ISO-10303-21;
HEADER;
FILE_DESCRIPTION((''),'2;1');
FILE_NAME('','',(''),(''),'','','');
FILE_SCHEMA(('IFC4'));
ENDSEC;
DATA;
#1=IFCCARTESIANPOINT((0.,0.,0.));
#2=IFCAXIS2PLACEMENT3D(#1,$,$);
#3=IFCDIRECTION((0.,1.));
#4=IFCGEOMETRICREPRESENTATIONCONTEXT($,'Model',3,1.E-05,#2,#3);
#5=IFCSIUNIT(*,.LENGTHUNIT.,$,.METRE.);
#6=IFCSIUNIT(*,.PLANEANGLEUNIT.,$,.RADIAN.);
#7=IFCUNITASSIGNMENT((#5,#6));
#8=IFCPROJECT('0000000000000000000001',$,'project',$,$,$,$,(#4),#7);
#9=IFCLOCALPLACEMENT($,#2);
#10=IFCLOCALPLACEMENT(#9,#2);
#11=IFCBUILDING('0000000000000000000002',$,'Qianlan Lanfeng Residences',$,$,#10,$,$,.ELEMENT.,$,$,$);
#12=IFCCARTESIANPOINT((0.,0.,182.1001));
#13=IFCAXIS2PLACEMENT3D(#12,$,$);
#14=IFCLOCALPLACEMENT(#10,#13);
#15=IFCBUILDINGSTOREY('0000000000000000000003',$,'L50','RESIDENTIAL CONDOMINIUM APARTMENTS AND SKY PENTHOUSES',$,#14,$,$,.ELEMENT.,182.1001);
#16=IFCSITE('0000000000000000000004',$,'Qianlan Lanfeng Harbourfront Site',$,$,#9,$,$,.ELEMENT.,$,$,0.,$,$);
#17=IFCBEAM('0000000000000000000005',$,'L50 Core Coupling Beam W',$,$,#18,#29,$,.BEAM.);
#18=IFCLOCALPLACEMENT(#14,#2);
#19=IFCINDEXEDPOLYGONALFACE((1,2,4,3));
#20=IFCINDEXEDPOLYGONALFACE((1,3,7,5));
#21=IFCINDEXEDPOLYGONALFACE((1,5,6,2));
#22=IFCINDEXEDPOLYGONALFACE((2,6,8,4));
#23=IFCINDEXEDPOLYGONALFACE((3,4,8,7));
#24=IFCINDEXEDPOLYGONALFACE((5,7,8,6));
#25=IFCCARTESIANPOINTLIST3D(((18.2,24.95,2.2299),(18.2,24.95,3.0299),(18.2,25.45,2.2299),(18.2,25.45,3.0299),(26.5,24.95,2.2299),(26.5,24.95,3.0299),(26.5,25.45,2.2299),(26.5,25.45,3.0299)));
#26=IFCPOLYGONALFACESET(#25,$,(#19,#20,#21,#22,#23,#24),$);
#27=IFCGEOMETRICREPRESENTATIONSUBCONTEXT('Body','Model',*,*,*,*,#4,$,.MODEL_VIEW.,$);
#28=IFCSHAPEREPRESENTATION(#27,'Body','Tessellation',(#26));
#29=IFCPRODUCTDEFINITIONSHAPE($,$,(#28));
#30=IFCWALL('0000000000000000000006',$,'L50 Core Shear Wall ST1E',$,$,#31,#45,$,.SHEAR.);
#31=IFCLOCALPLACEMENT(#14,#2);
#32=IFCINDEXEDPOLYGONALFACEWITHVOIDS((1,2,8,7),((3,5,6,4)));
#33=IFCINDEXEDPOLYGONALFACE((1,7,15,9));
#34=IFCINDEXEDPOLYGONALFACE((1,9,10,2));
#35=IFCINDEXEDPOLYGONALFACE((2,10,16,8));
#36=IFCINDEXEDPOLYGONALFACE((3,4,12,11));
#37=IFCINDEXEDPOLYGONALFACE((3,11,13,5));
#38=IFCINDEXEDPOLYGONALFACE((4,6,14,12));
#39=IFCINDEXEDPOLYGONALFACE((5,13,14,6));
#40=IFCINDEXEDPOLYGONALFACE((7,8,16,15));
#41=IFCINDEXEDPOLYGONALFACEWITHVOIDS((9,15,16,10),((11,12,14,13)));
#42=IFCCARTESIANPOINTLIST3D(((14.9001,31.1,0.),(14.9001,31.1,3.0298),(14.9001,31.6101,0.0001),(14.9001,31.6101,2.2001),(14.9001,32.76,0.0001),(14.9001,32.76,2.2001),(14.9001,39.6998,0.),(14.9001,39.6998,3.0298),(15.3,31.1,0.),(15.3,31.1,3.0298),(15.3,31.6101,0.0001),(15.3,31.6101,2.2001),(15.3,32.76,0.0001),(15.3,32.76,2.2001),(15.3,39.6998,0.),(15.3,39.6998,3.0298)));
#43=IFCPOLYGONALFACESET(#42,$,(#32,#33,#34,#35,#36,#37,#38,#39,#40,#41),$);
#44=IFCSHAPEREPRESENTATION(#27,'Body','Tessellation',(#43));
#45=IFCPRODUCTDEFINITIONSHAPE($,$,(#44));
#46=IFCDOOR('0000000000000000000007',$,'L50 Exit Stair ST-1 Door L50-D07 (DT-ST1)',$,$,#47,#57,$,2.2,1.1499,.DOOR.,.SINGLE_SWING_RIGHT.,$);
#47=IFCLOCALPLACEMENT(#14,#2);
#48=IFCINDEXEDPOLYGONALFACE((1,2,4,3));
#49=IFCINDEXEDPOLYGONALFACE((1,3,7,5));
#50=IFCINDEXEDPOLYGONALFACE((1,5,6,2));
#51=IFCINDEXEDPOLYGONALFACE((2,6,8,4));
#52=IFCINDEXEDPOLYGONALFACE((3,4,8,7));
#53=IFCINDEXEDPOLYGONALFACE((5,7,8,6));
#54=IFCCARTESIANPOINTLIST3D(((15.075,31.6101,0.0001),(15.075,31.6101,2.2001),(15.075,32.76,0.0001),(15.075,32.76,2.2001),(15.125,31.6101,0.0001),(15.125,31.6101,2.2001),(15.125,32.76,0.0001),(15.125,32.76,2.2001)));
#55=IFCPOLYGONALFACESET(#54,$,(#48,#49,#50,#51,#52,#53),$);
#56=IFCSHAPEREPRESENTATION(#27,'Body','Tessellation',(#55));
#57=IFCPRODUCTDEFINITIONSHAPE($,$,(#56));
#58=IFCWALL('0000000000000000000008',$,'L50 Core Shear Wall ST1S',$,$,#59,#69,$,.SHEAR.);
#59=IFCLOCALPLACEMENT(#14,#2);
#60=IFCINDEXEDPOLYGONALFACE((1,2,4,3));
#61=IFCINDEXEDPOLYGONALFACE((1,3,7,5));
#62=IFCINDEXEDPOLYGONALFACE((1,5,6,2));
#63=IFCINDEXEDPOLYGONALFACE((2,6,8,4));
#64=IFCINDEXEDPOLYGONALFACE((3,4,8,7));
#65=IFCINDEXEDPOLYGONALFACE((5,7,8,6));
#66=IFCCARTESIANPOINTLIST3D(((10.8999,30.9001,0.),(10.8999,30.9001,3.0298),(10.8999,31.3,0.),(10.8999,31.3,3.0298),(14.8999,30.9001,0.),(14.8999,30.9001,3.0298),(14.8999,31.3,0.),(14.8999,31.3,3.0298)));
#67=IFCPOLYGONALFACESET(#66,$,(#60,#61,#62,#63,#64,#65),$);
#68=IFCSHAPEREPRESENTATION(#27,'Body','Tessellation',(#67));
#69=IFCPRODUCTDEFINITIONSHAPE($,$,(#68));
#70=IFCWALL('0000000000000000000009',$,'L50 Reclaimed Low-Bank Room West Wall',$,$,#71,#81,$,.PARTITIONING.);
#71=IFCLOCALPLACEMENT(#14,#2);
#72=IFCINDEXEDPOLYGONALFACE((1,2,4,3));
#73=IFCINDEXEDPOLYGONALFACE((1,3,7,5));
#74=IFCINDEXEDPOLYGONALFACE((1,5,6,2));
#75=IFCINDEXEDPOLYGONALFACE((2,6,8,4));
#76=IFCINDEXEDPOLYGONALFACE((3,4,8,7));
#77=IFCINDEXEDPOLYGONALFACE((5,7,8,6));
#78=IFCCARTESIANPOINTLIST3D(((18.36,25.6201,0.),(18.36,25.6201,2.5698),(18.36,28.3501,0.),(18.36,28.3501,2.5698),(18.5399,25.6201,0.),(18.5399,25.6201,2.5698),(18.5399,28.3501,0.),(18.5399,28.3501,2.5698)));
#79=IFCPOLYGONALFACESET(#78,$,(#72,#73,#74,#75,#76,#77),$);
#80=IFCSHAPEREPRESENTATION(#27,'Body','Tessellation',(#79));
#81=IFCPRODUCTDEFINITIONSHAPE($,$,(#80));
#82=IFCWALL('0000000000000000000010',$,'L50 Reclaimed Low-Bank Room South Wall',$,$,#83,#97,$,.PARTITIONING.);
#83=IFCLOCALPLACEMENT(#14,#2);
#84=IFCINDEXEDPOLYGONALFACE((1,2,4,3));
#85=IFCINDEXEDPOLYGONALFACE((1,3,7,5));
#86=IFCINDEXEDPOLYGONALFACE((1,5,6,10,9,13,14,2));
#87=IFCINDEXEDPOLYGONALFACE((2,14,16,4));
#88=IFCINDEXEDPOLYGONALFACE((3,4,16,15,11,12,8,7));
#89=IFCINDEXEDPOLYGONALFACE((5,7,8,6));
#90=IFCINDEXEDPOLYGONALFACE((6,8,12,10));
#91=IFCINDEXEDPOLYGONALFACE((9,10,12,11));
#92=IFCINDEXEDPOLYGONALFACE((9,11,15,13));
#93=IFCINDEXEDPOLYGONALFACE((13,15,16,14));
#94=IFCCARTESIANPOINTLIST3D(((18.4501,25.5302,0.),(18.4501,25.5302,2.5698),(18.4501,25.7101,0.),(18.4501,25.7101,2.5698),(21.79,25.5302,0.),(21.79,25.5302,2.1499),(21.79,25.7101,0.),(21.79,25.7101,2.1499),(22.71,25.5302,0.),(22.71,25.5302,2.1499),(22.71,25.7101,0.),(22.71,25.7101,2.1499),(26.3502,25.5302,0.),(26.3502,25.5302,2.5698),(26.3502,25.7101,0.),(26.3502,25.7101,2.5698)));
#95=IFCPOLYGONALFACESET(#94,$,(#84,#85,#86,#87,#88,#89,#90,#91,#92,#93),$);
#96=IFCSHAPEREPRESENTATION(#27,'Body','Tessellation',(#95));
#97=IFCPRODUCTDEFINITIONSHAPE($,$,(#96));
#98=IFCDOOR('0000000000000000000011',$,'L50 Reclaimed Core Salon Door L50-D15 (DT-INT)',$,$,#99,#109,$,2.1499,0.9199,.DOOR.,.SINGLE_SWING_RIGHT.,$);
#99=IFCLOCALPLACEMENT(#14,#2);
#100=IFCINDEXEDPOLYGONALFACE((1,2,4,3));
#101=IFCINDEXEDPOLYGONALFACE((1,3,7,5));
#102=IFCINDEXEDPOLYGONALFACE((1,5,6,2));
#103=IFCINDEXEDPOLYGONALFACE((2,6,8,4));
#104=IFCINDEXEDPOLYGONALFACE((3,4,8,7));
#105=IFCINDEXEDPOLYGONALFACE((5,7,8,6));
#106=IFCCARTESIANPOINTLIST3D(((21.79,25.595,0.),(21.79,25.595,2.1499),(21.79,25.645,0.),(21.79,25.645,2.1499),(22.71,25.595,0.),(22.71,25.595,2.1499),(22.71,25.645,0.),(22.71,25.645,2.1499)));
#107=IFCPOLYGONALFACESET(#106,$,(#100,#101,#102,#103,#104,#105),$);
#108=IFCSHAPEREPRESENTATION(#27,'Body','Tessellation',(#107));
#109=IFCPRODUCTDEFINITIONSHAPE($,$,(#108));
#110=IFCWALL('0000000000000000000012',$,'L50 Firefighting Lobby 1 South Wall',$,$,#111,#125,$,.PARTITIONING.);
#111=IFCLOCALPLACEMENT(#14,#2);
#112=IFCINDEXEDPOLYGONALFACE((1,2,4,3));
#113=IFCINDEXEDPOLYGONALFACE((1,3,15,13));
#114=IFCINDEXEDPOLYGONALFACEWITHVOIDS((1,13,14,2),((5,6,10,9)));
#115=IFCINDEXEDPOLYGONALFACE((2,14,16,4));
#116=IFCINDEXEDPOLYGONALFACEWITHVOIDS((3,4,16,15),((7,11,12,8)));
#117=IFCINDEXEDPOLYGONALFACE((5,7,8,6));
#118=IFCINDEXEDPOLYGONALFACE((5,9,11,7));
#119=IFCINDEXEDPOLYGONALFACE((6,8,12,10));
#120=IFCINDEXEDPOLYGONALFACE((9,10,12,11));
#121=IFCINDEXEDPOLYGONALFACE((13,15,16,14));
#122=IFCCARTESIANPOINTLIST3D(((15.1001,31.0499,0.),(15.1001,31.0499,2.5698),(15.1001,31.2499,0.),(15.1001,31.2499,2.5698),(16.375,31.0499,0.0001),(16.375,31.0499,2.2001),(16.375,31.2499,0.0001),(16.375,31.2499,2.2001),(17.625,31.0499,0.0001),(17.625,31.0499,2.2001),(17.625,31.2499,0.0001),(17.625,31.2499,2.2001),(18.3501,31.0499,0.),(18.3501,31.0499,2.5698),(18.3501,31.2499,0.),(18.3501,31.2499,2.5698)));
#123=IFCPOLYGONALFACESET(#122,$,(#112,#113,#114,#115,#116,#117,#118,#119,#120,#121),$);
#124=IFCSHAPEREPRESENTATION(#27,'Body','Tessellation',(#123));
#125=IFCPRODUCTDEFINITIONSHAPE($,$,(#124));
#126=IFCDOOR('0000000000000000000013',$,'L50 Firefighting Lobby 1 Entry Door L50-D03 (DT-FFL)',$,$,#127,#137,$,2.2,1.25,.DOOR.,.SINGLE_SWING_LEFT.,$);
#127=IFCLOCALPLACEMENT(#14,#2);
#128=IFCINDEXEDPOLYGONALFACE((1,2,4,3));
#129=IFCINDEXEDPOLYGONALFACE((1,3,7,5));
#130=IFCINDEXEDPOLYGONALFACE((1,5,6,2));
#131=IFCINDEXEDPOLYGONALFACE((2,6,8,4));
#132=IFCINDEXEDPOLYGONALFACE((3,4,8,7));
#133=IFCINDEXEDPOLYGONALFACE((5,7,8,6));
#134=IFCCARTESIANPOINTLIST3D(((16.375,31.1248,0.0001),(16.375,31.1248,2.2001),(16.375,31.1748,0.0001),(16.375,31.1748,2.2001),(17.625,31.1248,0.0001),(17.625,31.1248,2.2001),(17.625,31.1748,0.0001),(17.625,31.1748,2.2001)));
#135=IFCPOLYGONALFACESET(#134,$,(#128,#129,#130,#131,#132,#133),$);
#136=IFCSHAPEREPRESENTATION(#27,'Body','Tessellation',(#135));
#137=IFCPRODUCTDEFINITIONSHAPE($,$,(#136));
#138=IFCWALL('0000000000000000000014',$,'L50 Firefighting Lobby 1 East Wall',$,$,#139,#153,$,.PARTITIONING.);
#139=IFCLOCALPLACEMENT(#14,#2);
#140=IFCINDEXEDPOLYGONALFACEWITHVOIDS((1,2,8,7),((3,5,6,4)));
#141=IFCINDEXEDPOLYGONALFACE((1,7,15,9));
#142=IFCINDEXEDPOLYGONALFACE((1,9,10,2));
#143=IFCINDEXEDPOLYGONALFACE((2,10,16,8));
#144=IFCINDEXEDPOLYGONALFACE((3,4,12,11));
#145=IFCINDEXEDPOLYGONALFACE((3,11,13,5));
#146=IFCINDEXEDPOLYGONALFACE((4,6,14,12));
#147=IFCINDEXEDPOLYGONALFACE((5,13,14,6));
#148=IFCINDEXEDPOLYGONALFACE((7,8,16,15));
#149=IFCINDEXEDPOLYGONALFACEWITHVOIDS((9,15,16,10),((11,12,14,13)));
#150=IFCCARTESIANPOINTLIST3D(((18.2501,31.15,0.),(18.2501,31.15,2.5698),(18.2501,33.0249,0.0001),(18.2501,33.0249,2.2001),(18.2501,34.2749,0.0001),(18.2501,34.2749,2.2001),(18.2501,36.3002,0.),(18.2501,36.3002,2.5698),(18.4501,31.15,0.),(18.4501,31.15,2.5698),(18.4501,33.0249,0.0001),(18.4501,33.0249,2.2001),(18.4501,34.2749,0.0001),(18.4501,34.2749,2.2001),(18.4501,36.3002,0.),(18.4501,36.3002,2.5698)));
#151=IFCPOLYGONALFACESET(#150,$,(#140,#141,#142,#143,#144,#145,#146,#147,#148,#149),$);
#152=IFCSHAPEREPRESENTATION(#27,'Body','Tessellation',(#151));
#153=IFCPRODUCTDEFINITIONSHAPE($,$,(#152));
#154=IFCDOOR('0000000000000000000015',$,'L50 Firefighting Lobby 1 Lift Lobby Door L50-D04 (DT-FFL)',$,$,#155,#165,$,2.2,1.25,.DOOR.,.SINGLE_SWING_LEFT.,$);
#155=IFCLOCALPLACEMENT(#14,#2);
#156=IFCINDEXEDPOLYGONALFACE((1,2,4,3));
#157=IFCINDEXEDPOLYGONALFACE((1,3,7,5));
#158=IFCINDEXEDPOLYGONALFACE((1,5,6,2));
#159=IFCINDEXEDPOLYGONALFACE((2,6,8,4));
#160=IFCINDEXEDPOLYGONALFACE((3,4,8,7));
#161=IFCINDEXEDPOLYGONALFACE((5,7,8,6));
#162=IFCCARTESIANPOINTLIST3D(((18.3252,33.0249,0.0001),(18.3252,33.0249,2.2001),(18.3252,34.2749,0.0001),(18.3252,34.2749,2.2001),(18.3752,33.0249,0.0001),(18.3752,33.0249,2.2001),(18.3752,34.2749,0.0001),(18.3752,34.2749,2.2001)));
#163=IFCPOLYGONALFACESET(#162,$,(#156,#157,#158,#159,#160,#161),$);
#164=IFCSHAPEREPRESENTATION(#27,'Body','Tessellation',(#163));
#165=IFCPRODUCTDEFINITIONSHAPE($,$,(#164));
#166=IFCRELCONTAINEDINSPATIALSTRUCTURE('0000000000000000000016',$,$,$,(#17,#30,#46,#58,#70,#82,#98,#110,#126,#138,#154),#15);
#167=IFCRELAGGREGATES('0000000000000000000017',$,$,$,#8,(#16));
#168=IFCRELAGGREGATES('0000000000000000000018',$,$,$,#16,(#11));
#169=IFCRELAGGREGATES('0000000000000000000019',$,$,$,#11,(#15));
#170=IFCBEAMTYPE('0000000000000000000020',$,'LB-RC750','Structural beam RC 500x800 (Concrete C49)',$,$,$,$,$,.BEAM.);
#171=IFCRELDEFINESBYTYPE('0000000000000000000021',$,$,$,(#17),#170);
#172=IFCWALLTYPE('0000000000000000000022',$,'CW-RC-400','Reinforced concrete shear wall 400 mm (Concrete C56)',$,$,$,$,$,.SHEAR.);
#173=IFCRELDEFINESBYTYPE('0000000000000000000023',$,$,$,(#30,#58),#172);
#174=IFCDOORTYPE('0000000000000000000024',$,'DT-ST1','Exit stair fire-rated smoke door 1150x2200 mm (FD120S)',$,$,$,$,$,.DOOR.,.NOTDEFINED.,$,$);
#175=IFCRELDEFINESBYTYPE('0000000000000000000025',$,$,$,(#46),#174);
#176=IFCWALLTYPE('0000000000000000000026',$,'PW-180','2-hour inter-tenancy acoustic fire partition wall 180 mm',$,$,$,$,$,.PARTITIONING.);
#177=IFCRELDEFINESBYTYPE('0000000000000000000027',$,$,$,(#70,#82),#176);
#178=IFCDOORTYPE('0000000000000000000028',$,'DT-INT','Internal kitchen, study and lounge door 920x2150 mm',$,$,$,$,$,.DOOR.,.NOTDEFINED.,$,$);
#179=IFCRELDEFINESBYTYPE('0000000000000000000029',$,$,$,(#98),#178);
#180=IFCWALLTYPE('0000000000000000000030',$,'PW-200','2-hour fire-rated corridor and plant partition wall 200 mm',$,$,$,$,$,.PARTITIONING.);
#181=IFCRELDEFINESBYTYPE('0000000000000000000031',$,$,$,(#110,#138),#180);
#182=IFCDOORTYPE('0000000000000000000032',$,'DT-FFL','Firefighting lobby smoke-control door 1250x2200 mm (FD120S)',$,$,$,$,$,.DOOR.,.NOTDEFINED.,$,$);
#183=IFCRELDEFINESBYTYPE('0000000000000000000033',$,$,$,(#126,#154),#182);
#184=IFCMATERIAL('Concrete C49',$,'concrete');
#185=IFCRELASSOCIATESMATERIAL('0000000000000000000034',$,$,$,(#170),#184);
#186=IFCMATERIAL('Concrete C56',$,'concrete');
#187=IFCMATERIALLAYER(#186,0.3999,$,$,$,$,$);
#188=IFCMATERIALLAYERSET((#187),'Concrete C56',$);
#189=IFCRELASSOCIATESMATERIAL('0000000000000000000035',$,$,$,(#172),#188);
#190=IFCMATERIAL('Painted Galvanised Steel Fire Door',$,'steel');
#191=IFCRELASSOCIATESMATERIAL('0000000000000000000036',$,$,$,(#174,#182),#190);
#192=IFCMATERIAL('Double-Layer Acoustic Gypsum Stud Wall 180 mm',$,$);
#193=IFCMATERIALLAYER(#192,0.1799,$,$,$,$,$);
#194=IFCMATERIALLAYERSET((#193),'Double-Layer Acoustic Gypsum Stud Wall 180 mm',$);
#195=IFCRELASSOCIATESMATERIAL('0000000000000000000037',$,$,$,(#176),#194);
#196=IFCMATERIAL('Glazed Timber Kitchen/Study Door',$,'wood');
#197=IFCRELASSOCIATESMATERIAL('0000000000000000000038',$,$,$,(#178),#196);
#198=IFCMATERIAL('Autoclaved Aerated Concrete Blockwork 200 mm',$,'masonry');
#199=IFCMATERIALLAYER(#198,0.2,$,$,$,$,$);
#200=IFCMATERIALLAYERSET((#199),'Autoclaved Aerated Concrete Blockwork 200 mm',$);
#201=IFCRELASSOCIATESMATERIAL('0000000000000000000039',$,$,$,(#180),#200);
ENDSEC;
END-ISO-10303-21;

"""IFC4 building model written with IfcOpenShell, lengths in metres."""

from ifc_helpers import new_model, si_unit, direction, frame, frame_2d, origin, origin_2d, place, context, subcontext, project, spatial, rectangle, extrude, material, layer, layer_set, material_profile, profile_set, type_object, element, fill, save


model = new_model("IFC4")

# Units and contexts
model_context = context("Model", 3, precision=1e-05, world=origin(), true_north=direction((0.0, 1.0)))
body_context = subcontext(model_context, "Body", "Model", "MODEL_VIEW")
ifc_project = project(units=[si_unit("LENGTHUNIT", "METRE"), si_unit("PLANEANGLEUNIT", "RADIAN")], contexts=[model_context])

# Site, building, storey
site_placement = place(None, origin())
site = spatial("IfcSite", under=ifc_project, at=site_placement, Name="Qianlan Lanfeng Harbourfront Site", CompositionType="ELEMENT", RefElevation=0.0)
building_placement = place(site_placement, origin())
building = spatial("IfcBuilding", under=site, at=building_placement, Name="Qianlan Lanfeng Residences", CompositionType="ELEMENT")
storey_placement = place(building_placement, frame((0.0, 0.0, 182.1001)))
storey = spatial("IfcBuildingStorey", under=building, at=storey_placement, Name="L50", Description="RESIDENTIAL CONDOMINIUM APARTMENTS AND SKY PENTHOUSES", CompositionType="ELEMENT", Elevation=182.1001)

# Beam
ifc_material_1 = material(Name="Concrete C49", Category="concrete")
ifc_material_profile = material_profile(ifc_material_1, rectangle(XDim=0.5, YDim=0.8, at=origin_2d()), Name="RC 500x800")
ifc_profile_set = profile_set([ifc_material_profile], Name="Concrete C49")
beam_type = type_object("IfcBeamType", Name="LB-RC750", Description="Structural beam RC 500x800 (Concrete C49)", PredefinedType="BEAM", material=ifc_profile_set)
beam_placement = place(storey_placement, frame((18.2, 25.2, 2.6299), z_axis=(1.0, 0.0, 0.0), x_axis=(0.0, 1.0, 0.0)))
element("IfcBeam", 1, at=beam_placement, inside=storey, type_object=beam_type, Name="L50 Core Coupling Beam W", PredefinedType="BEAM", context=body_context, shape_type="SweptSolid", body=[
    extrude(rectangle(XDim=0.5, YDim=0.8, at=origin_2d()), origin(), (0.0, 0.0, 1.0), 8.3),
])

# Wall, opening, door
ifc_material_2 = material(Name="Concrete C56", Category="concrete")
ifc_layer_1 = layer(ifc_material_2, 0.3999)
ifc_layer_set_1 = layer_set([ifc_layer_1], Name="Concrete C56")
wall_type_1 = type_object("IfcWallType", Name="CW-RC-400", Description="Reinforced concrete shear wall 400 mm (Concrete C56)", PredefinedType="SHEAR", material=ifc_layer_set_1)
wall_1_placement = place(storey_placement, frame((15.1001, 31.1001, 0.0), z_axis=(0.0, 0.0, 1.0), x_axis=(0.0, 1.0, 0.0)))
wall_1 = element("IfcWall", 2, at=wall_1_placement, inside=storey, type_object=wall_type_1, Name="L50 Core Shear Wall ST1E", PredefinedType="SHEAR", context=body_context, shape_type="SweptSolid", body=[
    extrude(rectangle(XDim=8.5999, YDim=0.3999, at=frame_2d((4.2998, 0.0))), origin(), (0.0, 0.0, 1.0), 3.0298),
])
opening_1_placement = place(wall_1_placement, frame((0.51, 0.0, 0.0)))
opening_1 = element("IfcOpeningElement", 3, at=opening_1_placement, cuts=wall_1, PredefinedType="OPENING", context=body_context, shape_type="SweptSolid", body=[
    extrude(rectangle(XDim=1.1499, YDim=2.2, at=frame_2d((0.575, 1.1001))), frame((0.0, 0.21, 0.0), z_axis=(0.0, -1.0, 0.0), x_axis=(1.0, 0.0, 0.0)), (0.0, 0.0, 1.0), 0.4199),
])
ifc_material_3 = material(Name="Painted Galvanised Steel Fire Door", Category="steel")
door_type_1 = type_object("IfcDoorType", Name="DT-ST1", Description="Exit stair fire-rated smoke door 1150x2200 mm (FD120S)", OperationType="NOTDEFINED", PredefinedType="DOOR", material=ifc_material_3)
door_1_placement = place(opening_1_placement, frame((1.1499, 0.0, 0.0), z_axis=(0.0, 0.0, 1.0), x_axis=(-1.0, 0.0, 0.0)))
door_1 = element("IfcDoor", 4, at=door_1_placement, inside=storey, type_object=door_type_1, Name="L50 Exit Stair ST-1 Door L50-D07 (DT-ST1)", OperationType="SINGLE_SWING_RIGHT", OverallHeight=2.2, OverallWidth=1.1499, PredefinedType="DOOR", context=body_context, shape_type="SweptSolid", body=[
    extrude(rectangle(XDim=1.1499, YDim=2.2, at=frame_2d((0.575, 1.1001))), frame((0.0, 0.0249, 0.0), z_axis=(0.0, -1.0, 0.0), x_axis=(1.0, 0.0, 0.0)), (0.0, 0.0, 1.0), 0.05),
])
fill(opening_1, door_1)

# Wall
wall_2_placement = place(storey_placement, frame((10.8999, 31.1001, 0.0), z_axis=(0.0, 0.0, 1.0), x_axis=(1.0, 0.0, 0.0)))
element("IfcWall", 5, at=wall_2_placement, inside=storey, type_object=wall_type_1, Name="L50 Core Shear Wall ST1S", PredefinedType="SHEAR", context=body_context, shape_type="SweptSolid", body=[
    extrude(rectangle(XDim=4.0, YDim=0.3999, at=frame_2d((2.0, 0.0))), origin(), (0.0, 0.0, 1.0), 3.0298),
])

# Shared definitions
ifc_material_4 = material(Name="Double-Layer Acoustic Gypsum Stud Wall 180 mm")
ifc_layer_2 = layer(ifc_material_4, 0.1799)
ifc_layer_set_2 = layer_set([ifc_layer_2], Name="Double-Layer Acoustic Gypsum Stud Wall 180 mm")
wall_type_2 = type_object("IfcWallType", Name="PW-180", Description="2-hour inter-tenancy acoustic fire partition wall 180 mm", PredefinedType="PARTITIONING", material=ifc_layer_set_2)
ifc_material_5 = material(Name="Glazed Timber Kitchen/Study Door", Category="wood")
door_type_2 = type_object("IfcDoorType", Name="DT-INT", Description="Internal kitchen, study and lounge door 920x2150 mm", OperationType="NOTDEFINED", PredefinedType="DOOR", material=ifc_material_5)

# Wall
wall_3_placement = place(storey_placement, frame((18.45, 25.6201, 0.0), z_axis=(0.0, 0.0, 1.0), x_axis=(0.0, 1.0, 0.0)))
element("IfcWall", 6, at=wall_3_placement, inside=storey, type_object=wall_type_2, Name="L50 Reclaimed Low-Bank Room West Wall", PredefinedType="PARTITIONING", context=body_context, shape_type="SweptSolid", body=[
    extrude(rectangle(XDim=2.73, YDim=0.1799, at=frame_2d((1.365, 0.0))), origin(), (0.0, 0.0, 1.0), 2.5698),
])

# Walls, openings, doors
wall_4_placement = place(storey_placement, frame((18.45, 25.6201, 0.0), z_axis=(0.0, 0.0, 1.0), x_axis=(1.0, 0.0, 0.0)))
wall_4 = element("IfcWall", 7, at=wall_4_placement, inside=storey, type_object=wall_type_2, Name="L50 Reclaimed Low-Bank Room South Wall", PredefinedType="PARTITIONING", context=body_context, shape_type="SweptSolid", body=[
    extrude(rectangle(XDim=7.9001, YDim=0.1799, at=frame_2d((3.9502, 0.0))), origin(), (0.0, 0.0, 1.0), 2.5698),
])
opening_2_placement = place(wall_4_placement, frame((3.3401, 0.0, 0.0)))
opening_2 = element("IfcOpeningElement", 8, at=opening_2_placement, cuts=wall_4, PredefinedType="OPENING", context=body_context, shape_type="SweptSolid", body=[
    extrude(rectangle(XDim=0.9199, YDim=2.1499, at=frame_2d((0.46, 1.075))), frame((0.0, 0.1001, 0.0), z_axis=(0.0, -1.0, 0.0), x_axis=(1.0, 0.0, 0.0)), (0.0, 0.0, 1.0), 0.2),
])
door_2_placement = place(opening_2_placement, origin())
door_2 = element("IfcDoor", 9, at=door_2_placement, inside=storey, type_object=door_type_2, Name="L50 Reclaimed Core Salon Door L50-D15 (DT-INT)", OperationType="SINGLE_SWING_RIGHT", OverallHeight=2.1499, OverallWidth=0.9199, PredefinedType="DOOR", context=body_context, shape_type="SweptSolid", body=[
    extrude(rectangle(XDim=0.9199, YDim=2.1499, at=frame_2d((0.46, 1.075))), frame((0.0, 0.0249, 0.0), z_axis=(0.0, -1.0, 0.0), x_axis=(1.0, 0.0, 0.0)), (0.0, 0.0, 1.0), 0.05),
])
fill(opening_2, door_2)
ifc_material_6 = material(Name="Autoclaved Aerated Concrete Blockwork 200 mm", Category="masonry")
ifc_layer_3 = layer(ifc_material_6, 0.2)
ifc_layer_set_3 = layer_set([ifc_layer_3], Name="Autoclaved Aerated Concrete Blockwork 200 mm")
wall_type_3 = type_object("IfcWallType", Name="PW-200", Description="2-hour fire-rated corridor and plant partition wall 200 mm", PredefinedType="PARTITIONING", material=ifc_layer_set_3)
wall_5_placement = place(storey_placement, frame((15.1001, 31.1499, 0.0), z_axis=(0.0, 0.0, 1.0), x_axis=(1.0, 0.0, 0.0)))
wall_5 = element("IfcWall", 10, at=wall_5_placement, inside=storey, type_object=wall_type_3, Name="L50 Firefighting Lobby 1 South Wall", PredefinedType="PARTITIONING", context=body_context, shape_type="SweptSolid", body=[
    extrude(rectangle(XDim=3.25, YDim=0.2, at=frame_2d((1.625, 0.0))), origin(), (0.0, 0.0, 1.0), 2.5698),
])
opening_3_placement = place(wall_5_placement, frame((1.2749, 0.0, 0.0)))
opening_3 = element("IfcOpeningElement", 11, at=opening_3_placement, cuts=wall_5, PredefinedType="OPENING", context=body_context, shape_type="SweptSolid", body=[
    extrude(rectangle(XDim=1.25, YDim=2.2, at=frame_2d((0.625, 1.1001))), frame((0.0, 0.1099, 0.0), z_axis=(0.0, -1.0, 0.0), x_axis=(1.0, 0.0, 0.0)), (0.0, 0.0, 1.0), 0.22),
])
door_type_3 = type_object("IfcDoorType", Name="DT-FFL", Description="Firefighting lobby smoke-control door 1250x2200 mm (FD120S)", OperationType="NOTDEFINED", PredefinedType="DOOR", material=ifc_material_3)
door_3_placement = place(opening_3_placement, origin())
door_3 = element("IfcDoor", 12, at=door_3_placement, inside=storey, type_object=door_type_3, Name="L50 Firefighting Lobby 1 Entry Door L50-D03 (DT-FFL)", OperationType="SINGLE_SWING_LEFT", OverallHeight=2.2, OverallWidth=1.25, PredefinedType="DOOR", context=body_context, shape_type="SweptSolid", body=[
    extrude(rectangle(XDim=1.25, YDim=2.2, at=frame_2d((0.625, 1.1001))), frame((0.0, 0.0249, 0.0), z_axis=(0.0, -1.0, 0.0), x_axis=(1.0, 0.0, 0.0)), (0.0, 0.0, 1.0), 0.05),
])
fill(opening_3, door_3)
wall_6_placement = place(storey_placement, frame((18.3501, 31.1499, 0.0), z_axis=(0.0, 0.0, 1.0), x_axis=(0.0, 1.0, 0.0)))
wall_6 = element("IfcWall", 13, at=wall_6_placement, inside=storey, type_object=wall_type_3, Name="L50 Firefighting Lobby 1 East Wall", PredefinedType="PARTITIONING", context=body_context, shape_type="SweptSolid", body=[
    extrude(rectangle(XDim=5.1501, YDim=0.2, at=frame_2d((2.5752, 0.0))), origin(), (0.0, 0.0, 1.0), 2.5698),
])
opening_4_placement = place(wall_6_placement, frame((1.875, 0.0, 0.0)))
opening_4 = element("IfcOpeningElement", 14, at=opening_4_placement, cuts=wall_6, PredefinedType="OPENING", context=body_context, shape_type="SweptSolid", body=[
    extrude(rectangle(XDim=1.25, YDim=2.2, at=frame_2d((0.625, 1.1001))), frame((0.0, 0.1099, 0.0), z_axis=(0.0, -1.0, 0.0), x_axis=(1.0, 0.0, 0.0)), (0.0, 0.0, 1.0), 0.22),
])
door_4_placement = place(opening_4_placement, origin())
door_4 = element("IfcDoor", 15, at=door_4_placement, inside=storey, type_object=door_type_3, Name="L50 Firefighting Lobby 1 Lift Lobby Door L50-D04 (DT-FFL)", OperationType="SINGLE_SWING_LEFT", OverallHeight=2.2, OverallWidth=1.25, PredefinedType="DOOR", context=body_context, shape_type="SweptSolid", body=[
    extrude(rectangle(XDim=1.25, YDim=2.2, at=frame_2d((0.625, 1.1001))), frame((0.0, 0.0249, 0.0), z_axis=(0.0, -1.0, 0.0), x_axis=(1.0, 0.0, 0.0)), (0.0, 0.0, 1.0), 0.05),
])
fill(opening_4, door_4)

save(model, "model.ifc")
